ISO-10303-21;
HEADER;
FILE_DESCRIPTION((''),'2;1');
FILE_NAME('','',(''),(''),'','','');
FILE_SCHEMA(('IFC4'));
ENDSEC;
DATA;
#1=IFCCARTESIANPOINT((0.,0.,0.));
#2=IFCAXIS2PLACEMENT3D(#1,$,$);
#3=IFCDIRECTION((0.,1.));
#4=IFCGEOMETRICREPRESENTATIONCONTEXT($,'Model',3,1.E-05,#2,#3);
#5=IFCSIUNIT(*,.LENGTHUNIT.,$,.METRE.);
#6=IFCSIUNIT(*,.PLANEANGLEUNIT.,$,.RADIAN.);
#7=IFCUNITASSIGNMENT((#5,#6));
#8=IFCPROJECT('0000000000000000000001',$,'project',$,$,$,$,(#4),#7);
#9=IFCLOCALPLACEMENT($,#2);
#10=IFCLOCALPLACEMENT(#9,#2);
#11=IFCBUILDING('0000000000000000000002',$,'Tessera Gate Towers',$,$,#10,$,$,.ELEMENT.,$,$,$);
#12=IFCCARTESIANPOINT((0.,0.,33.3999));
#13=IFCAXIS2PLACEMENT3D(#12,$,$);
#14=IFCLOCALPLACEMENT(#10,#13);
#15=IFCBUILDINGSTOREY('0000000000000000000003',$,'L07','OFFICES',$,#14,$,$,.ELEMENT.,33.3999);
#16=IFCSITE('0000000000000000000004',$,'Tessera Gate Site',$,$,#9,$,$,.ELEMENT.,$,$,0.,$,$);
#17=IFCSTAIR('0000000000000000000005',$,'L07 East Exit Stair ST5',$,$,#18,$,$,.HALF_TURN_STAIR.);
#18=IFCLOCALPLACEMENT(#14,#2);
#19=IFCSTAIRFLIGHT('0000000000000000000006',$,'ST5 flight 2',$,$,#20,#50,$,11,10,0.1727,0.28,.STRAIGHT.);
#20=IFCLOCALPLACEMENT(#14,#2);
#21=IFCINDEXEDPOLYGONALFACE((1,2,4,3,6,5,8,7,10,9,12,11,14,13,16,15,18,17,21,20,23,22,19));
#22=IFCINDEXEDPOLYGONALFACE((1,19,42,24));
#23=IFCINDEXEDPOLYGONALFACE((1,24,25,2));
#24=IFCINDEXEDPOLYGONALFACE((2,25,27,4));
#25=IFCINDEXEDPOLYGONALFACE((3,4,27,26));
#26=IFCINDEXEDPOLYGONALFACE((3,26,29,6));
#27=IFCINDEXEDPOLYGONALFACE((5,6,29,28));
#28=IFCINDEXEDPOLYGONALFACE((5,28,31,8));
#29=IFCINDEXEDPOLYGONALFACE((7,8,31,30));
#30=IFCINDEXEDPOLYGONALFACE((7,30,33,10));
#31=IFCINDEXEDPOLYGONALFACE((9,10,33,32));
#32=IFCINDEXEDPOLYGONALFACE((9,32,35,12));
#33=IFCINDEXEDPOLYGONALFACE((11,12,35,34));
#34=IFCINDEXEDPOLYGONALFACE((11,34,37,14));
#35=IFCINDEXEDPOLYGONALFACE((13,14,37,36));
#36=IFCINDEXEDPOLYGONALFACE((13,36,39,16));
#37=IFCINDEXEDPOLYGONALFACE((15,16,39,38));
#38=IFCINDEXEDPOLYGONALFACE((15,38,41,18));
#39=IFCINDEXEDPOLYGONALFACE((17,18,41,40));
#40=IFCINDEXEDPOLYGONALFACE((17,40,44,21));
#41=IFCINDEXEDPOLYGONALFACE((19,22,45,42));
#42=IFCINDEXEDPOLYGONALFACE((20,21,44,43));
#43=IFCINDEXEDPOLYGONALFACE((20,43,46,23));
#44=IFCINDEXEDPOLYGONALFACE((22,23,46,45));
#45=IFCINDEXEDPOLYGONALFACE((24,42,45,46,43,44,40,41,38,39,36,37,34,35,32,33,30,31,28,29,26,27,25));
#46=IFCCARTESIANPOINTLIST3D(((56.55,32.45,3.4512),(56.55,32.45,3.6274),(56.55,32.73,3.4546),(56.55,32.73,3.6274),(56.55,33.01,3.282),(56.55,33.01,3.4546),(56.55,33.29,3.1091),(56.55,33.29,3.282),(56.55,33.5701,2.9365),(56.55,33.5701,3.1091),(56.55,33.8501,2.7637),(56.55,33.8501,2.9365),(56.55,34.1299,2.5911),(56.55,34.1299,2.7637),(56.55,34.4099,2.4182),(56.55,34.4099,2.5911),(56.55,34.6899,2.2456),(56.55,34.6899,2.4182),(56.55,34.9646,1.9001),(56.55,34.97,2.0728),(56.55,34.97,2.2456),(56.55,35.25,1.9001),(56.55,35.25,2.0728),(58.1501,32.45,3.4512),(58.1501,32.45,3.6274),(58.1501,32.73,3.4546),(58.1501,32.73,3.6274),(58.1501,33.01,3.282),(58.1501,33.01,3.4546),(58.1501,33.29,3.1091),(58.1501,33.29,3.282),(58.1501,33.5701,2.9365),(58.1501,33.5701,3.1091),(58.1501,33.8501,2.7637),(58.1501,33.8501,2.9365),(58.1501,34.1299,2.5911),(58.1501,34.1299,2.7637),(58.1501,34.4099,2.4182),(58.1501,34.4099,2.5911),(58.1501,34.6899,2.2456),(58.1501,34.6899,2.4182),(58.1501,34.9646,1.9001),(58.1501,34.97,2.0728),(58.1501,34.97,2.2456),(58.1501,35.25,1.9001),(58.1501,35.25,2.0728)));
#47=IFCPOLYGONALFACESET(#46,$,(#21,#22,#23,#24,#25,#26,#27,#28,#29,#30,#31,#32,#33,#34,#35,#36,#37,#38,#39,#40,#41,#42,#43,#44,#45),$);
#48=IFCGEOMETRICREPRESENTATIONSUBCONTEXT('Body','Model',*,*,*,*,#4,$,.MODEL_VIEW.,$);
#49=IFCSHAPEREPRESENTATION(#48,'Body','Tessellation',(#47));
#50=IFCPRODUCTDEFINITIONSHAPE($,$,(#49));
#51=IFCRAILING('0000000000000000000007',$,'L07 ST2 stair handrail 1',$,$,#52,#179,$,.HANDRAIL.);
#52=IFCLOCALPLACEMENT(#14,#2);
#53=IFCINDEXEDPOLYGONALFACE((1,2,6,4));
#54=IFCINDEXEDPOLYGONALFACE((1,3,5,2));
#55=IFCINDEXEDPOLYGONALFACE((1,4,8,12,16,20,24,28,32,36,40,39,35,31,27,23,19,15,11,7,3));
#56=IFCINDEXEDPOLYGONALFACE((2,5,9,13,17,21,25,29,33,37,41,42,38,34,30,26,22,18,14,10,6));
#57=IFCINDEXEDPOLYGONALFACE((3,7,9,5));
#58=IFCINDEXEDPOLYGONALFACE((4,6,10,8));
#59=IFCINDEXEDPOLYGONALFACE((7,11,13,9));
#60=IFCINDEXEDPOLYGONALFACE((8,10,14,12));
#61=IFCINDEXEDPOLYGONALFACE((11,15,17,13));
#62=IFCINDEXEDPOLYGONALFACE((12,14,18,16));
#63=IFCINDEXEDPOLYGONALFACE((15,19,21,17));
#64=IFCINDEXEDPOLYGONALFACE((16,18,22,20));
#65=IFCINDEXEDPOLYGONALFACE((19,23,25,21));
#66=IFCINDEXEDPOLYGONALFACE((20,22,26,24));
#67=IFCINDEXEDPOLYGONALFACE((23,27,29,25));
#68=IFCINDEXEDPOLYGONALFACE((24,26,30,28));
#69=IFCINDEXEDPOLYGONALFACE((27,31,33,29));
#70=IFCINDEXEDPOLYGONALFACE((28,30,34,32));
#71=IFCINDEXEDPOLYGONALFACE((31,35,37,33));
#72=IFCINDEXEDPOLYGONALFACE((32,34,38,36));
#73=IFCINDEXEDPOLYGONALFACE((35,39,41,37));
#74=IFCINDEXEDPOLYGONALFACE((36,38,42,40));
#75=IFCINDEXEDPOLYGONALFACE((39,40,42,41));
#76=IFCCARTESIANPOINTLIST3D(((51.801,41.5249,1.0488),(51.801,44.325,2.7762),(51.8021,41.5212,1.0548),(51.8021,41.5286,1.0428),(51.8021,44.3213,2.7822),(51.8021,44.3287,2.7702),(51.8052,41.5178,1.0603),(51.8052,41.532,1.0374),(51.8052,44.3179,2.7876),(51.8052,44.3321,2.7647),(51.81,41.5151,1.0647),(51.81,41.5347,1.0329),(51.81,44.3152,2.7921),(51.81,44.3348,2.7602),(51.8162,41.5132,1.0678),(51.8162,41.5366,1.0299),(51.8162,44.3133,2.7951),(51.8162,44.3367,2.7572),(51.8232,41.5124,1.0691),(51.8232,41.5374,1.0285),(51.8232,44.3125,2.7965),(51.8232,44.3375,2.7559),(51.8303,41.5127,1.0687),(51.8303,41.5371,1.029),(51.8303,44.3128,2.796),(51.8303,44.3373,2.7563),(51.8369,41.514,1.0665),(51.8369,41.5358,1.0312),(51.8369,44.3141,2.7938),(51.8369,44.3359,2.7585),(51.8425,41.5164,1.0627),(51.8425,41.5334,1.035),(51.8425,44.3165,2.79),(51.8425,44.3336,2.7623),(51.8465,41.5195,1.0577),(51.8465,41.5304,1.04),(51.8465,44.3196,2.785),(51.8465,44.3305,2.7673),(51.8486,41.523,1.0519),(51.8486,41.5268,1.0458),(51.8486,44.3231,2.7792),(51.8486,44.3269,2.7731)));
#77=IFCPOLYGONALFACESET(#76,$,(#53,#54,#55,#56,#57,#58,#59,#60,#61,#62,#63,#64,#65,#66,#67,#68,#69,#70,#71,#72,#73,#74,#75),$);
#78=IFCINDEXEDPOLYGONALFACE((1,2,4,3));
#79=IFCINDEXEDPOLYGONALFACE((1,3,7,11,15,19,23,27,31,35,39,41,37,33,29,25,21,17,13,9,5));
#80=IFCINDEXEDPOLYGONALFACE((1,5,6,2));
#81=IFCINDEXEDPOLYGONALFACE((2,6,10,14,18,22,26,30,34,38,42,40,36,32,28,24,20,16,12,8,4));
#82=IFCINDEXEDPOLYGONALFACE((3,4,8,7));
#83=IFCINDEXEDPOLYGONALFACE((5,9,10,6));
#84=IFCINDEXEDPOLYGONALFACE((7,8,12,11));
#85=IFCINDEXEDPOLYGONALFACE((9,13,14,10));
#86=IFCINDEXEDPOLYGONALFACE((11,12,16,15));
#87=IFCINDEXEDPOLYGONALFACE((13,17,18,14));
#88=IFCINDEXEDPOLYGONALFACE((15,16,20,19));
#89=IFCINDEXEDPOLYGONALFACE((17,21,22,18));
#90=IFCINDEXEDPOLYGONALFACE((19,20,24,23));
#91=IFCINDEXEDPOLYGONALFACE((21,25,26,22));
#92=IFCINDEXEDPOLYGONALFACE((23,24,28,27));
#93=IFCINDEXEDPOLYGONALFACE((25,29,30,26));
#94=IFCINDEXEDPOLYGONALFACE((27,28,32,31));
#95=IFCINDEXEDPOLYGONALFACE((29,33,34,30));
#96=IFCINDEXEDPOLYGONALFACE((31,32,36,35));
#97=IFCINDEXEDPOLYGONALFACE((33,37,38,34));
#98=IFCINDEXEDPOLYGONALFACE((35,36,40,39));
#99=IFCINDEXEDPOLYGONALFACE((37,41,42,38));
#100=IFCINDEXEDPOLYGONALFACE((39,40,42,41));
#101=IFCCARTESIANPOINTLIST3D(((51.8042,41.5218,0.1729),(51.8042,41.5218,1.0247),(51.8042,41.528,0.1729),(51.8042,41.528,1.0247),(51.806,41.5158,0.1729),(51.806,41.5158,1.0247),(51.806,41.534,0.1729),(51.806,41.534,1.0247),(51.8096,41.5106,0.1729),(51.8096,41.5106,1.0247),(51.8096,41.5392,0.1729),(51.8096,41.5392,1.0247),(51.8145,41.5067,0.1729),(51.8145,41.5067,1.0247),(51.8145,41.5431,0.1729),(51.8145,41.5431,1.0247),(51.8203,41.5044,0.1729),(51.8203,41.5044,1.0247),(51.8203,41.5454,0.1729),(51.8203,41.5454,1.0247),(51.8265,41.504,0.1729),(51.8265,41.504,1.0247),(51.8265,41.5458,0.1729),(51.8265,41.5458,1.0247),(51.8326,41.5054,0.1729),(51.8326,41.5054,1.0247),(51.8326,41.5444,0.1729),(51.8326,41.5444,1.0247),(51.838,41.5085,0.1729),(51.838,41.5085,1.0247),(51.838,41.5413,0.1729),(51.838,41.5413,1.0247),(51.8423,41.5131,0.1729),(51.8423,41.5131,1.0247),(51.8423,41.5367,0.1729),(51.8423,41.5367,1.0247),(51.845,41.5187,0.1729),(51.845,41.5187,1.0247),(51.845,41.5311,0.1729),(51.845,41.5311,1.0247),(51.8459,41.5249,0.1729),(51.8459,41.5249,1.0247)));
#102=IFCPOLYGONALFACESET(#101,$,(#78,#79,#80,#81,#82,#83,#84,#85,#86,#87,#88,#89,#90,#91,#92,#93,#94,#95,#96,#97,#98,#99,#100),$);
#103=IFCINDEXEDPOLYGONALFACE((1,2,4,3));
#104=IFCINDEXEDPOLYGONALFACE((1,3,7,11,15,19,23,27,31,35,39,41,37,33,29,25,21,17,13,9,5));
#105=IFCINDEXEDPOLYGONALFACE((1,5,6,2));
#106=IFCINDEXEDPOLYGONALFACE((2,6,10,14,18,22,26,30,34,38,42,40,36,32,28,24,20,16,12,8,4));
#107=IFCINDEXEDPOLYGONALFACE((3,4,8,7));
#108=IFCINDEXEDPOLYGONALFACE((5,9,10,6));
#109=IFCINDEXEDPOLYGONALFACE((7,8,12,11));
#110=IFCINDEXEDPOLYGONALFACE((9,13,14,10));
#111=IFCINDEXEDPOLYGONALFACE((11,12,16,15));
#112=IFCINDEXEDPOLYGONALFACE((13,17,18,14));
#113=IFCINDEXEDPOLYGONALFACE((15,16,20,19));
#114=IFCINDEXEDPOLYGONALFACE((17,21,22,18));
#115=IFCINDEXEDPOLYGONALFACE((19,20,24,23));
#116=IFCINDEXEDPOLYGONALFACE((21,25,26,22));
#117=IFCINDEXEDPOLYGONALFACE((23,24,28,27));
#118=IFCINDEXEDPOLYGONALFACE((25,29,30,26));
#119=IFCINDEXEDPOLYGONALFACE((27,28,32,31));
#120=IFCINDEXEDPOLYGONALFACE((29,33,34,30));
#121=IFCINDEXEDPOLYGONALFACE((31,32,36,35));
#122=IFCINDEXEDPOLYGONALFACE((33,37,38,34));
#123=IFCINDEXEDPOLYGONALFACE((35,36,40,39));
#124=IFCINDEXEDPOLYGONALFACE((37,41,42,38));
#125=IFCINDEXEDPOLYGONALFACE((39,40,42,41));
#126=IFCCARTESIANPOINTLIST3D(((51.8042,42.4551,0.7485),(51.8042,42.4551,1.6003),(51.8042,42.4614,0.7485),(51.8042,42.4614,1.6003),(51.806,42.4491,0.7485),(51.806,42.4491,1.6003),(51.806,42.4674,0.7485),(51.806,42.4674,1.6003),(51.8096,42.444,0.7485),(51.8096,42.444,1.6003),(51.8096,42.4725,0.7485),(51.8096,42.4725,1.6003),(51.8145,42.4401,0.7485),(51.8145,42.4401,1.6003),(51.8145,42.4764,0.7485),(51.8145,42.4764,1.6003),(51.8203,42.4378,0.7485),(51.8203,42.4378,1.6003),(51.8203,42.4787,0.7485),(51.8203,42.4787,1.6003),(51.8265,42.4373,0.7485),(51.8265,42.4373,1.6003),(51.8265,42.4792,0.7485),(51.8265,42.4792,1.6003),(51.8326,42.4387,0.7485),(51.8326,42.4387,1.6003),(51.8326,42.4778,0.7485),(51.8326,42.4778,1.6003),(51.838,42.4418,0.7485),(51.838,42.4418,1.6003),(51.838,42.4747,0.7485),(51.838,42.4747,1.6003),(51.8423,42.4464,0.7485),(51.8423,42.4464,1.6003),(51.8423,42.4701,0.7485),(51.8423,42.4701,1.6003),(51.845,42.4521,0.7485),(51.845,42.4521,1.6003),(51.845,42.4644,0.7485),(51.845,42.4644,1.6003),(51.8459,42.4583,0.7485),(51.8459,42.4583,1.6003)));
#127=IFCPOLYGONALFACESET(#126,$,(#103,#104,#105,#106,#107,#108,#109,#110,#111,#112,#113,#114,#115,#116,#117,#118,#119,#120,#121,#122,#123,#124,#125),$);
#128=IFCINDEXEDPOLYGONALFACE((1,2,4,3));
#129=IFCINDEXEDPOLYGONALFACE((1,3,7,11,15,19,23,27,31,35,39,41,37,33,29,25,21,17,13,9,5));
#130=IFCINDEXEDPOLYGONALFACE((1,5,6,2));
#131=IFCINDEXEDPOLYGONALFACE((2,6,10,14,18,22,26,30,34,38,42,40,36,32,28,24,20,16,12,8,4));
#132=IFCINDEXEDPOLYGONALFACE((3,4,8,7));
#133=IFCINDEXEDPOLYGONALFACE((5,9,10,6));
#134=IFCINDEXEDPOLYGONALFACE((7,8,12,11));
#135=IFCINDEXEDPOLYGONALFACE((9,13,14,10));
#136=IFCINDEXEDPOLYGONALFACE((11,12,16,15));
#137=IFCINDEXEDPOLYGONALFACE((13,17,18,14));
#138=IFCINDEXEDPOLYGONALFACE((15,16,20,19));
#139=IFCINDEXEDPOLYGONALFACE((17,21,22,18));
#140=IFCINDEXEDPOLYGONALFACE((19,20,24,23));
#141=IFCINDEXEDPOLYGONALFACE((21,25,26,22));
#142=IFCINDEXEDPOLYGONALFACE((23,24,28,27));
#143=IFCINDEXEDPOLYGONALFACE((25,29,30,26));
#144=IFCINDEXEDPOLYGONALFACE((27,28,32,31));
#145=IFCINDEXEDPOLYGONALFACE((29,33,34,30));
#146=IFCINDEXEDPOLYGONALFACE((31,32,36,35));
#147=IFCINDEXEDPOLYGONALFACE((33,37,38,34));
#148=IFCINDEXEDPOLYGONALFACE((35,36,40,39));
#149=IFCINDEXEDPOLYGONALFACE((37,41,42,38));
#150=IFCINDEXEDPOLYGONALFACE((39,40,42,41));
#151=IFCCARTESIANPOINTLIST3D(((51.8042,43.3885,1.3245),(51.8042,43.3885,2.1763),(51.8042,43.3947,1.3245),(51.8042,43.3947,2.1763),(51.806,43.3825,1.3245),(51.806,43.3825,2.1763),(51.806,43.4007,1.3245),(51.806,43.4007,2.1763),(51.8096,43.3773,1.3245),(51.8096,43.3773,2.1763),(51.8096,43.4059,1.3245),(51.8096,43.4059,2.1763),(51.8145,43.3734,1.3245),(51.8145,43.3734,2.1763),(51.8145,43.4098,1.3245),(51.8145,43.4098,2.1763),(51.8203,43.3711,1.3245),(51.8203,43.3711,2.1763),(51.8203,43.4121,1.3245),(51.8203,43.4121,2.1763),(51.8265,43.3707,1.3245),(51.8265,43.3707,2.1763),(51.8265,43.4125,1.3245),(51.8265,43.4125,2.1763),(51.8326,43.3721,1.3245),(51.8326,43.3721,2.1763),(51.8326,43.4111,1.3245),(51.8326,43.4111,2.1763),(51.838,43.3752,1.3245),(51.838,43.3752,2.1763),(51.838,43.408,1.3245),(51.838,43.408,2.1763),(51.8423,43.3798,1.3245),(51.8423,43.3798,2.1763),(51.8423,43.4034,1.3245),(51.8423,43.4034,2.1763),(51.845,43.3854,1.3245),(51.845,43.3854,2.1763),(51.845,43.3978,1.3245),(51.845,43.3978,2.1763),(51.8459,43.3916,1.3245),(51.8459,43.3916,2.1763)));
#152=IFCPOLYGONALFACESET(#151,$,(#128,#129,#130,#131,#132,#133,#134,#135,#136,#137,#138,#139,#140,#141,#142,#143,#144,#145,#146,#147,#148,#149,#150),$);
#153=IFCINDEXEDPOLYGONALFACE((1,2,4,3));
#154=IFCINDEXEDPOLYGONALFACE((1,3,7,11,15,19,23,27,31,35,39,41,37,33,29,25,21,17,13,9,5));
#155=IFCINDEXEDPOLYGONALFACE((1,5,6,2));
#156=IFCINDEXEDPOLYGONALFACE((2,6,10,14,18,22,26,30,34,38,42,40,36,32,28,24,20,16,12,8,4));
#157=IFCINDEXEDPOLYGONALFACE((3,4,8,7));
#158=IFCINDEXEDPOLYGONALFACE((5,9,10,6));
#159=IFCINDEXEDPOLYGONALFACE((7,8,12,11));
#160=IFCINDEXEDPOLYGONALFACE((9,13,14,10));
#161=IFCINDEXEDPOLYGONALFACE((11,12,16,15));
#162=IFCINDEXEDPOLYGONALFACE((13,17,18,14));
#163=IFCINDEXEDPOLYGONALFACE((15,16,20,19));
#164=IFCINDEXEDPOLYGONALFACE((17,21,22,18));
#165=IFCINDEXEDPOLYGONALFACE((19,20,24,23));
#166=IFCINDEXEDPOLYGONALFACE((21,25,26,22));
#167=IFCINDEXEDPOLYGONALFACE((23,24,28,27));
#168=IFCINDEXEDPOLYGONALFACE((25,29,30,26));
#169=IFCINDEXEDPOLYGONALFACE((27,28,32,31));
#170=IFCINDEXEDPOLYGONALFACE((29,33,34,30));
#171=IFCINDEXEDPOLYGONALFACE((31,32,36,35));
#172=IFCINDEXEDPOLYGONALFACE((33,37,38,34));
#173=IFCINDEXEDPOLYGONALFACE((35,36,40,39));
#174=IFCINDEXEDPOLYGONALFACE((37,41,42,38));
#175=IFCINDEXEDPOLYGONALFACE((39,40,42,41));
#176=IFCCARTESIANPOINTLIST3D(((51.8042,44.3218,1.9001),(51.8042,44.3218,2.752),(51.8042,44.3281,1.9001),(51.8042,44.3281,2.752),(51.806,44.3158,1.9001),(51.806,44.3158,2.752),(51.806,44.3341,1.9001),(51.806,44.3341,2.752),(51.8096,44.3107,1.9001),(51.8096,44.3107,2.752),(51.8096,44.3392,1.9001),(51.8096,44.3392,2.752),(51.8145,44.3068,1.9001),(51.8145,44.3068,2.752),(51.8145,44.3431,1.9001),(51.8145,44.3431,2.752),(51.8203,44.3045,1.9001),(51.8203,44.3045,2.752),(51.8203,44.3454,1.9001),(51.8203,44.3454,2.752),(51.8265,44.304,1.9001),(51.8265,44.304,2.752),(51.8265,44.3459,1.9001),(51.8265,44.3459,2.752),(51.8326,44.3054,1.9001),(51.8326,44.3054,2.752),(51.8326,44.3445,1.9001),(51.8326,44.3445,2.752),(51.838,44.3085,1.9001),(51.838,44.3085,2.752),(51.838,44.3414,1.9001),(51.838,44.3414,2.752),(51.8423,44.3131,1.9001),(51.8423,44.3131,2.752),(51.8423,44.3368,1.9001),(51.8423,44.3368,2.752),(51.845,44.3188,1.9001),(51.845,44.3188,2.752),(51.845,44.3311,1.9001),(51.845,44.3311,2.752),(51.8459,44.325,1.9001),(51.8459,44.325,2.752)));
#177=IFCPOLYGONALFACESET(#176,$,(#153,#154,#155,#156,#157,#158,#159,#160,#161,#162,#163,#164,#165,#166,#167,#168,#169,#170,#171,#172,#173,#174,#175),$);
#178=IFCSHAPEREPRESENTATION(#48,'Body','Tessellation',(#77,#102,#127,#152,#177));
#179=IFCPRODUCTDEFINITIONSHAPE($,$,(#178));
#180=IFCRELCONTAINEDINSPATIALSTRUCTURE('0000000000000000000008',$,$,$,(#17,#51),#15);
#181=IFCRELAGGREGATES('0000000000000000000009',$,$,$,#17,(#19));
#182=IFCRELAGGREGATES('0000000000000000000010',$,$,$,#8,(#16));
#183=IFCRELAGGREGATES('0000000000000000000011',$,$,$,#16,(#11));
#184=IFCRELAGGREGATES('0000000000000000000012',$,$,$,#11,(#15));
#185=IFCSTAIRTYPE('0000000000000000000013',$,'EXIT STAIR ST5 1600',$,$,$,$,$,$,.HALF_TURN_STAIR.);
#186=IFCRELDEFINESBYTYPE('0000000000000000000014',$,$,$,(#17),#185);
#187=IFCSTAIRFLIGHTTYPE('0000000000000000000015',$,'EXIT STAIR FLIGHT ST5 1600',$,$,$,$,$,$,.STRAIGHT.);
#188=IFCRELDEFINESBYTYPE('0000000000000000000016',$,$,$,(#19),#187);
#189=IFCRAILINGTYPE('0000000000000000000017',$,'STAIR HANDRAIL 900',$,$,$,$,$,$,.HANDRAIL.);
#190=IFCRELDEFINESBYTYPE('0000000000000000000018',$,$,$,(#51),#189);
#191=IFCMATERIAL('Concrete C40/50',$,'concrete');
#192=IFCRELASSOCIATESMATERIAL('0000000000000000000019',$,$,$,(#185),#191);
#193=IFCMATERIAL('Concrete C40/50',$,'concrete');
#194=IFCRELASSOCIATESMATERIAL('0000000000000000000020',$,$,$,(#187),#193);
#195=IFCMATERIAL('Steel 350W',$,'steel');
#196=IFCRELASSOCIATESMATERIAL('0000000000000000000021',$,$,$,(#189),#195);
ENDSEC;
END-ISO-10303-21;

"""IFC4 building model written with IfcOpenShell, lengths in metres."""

from ifc_helpers import new_model, si_unit, direction, frame, origin, origin_2d, place, context, subcontext, project, spatial, polyline, circle, outline, extrude, material, type_object, element, aggregate, save


model = new_model("IFC4")

# Units and contexts
model_context = context("Model", 3, precision=1e-05, world=origin(), true_north=direction((0.0, 1.0)))
body_context = subcontext(model_context, "Body", "Model", "MODEL_VIEW")
ifc_project = project(units=[si_unit("LENGTHUNIT", "METRE"), si_unit("PLANEANGLEUNIT", "RADIAN")], contexts=[model_context])

# Site, building, storey
site_placement = place(None, origin())
site = spatial("IfcSite", under=ifc_project, at=site_placement, Name="Tessera Gate Site", CompositionType="ELEMENT", RefElevation=0.0)
building_placement = place(site_placement, origin())
building = spatial("IfcBuilding", under=site, at=building_placement, Name="Tessera Gate Towers", CompositionType="ELEMENT")
storey_placement = place(building_placement, frame((0.0, 0.0, 33.3999)))
storey = spatial("IfcBuildingStorey", under=building, at=storey_placement, Name="L07", Description="OFFICES", CompositionType="ELEMENT", Elevation=33.3999)

# Stair, stair flight
ifc_material_1 = material(Name="Concrete C40/50", Category="concrete")
stair_type_1 = type_object("IfcStairType", Name="EXIT STAIR ST5 1600", PredefinedType="HALF_TURN_STAIR", material=ifc_material_1)
stair_1_placement = place(storey_placement, origin())
stair_1 = element("IfcStair", 1, at=stair_1_placement, inside=storey, type_object=stair_type_1, Name="L07 East Exit Stair ST5", PredefinedType="HALF_TURN_STAIR")
ifc_material_2 = material(Name="Concrete C40/50", Category="concrete")
stair_flight_type_1 = type_object("IfcStairFlightType", Name="EXIT STAIR FLIGHT ST5 1600", PredefinedType="STRAIGHT", material=ifc_material_2)
stair_flight_1_placement = place(storey_placement, frame((57.3501, 35.25, 1.9001), z_axis=(0.0, 0.0, 1.0), x_axis=(0.0, -1.0, 0.0)))
stair_flight_1 = element("IfcStairFlight", 2, at=stair_flight_1_placement, type_object=stair_flight_type_1, Name="ST5 flight 2", NumberOfRisers=11, NumberOfTreads=10, PredefinedType="STRAIGHT", RiserHeight=0.1727, TreadLength=0.28, context=body_context, shape_type="SweptSolid", body=[
    extrude(outline(polyline([(0.0, 0.0), (0.0, 0.1726), (0.28, 0.1726), (0.28, 0.3455), (0.5601, 0.3455), (0.5601, 0.5181), (0.8401, 0.5181), (0.8401, 0.6909), (1.1201, 0.6909), (1.1201, 0.8635), (1.3999, 0.8635), (1.3999, 1.0364), (1.6799, 1.0364), (1.6799, 1.209), (1.96, 1.209), (1.96, 1.3818), (2.24, 1.3818), (2.24, 1.5544), (2.52, 1.5544), (2.52, 1.7273), (2.8, 1.7273), (2.8, 1.8999), (2.8, 1.551), (0.2854, 0.0), (0.0, 0.0)])), frame((0.0, 0.8, 0.0), z_axis=(0.0, -1.0, 0.0), x_axis=(1.0, 0.0, 0.0)), (0.0, 0.0, 1.0), 1.6001),
])
aggregate(stair_1, [stair_flight_1])

# Railing
ifc_material_3 = material(Name="Steel 350W", Category="steel")
railing_type_1 = type_object("IfcRailingType", Name="STAIR HANDRAIL 900", PredefinedType="HANDRAIL", material=ifc_material_3)
for number, where, name in (
    (3, (51.825, 41.5249, 0.1729), "L07 ST2 stair handrail 1"),
):
    element("IfcRailing", number, at=place(storey_placement, frame(where)), inside=storey, type_object=railing_type_1, Name=name, PredefinedType="HANDRAIL", context=body_context, shape_type="SweptSolid", body=[
        extrude(circle(Radius=0.0239, at=origin_2d()), frame((0.0, 0.0, 0.876), z_axis=(0.0, 0.85109, 0.52502), x_axis=(-1.0, 0.0, 0.0)), (0.0, 0.0, 1.0), 3.29),
        extrude(circle(Radius=0.021, at=origin_2d()), origin(), (0.0, 0.0, 1.0), 0.8518),
        extrude(circle(Radius=0.021, at=origin_2d()), frame((0.0, 0.9333, 0.5757)), (0.0, 0.0, 1.0), 0.8518),
        extrude(circle(Radius=0.021, at=origin_2d()), frame((0.0, 1.8667, 1.1516)), (0.0, 0.0, 1.0), 0.8518),
        extrude(circle(Radius=0.021, at=origin_2d()), frame((0.0, 2.8, 1.7273)), (0.0, 0.0, 1.0), 0.8518),
    ])

save(model, "model.ifc")
